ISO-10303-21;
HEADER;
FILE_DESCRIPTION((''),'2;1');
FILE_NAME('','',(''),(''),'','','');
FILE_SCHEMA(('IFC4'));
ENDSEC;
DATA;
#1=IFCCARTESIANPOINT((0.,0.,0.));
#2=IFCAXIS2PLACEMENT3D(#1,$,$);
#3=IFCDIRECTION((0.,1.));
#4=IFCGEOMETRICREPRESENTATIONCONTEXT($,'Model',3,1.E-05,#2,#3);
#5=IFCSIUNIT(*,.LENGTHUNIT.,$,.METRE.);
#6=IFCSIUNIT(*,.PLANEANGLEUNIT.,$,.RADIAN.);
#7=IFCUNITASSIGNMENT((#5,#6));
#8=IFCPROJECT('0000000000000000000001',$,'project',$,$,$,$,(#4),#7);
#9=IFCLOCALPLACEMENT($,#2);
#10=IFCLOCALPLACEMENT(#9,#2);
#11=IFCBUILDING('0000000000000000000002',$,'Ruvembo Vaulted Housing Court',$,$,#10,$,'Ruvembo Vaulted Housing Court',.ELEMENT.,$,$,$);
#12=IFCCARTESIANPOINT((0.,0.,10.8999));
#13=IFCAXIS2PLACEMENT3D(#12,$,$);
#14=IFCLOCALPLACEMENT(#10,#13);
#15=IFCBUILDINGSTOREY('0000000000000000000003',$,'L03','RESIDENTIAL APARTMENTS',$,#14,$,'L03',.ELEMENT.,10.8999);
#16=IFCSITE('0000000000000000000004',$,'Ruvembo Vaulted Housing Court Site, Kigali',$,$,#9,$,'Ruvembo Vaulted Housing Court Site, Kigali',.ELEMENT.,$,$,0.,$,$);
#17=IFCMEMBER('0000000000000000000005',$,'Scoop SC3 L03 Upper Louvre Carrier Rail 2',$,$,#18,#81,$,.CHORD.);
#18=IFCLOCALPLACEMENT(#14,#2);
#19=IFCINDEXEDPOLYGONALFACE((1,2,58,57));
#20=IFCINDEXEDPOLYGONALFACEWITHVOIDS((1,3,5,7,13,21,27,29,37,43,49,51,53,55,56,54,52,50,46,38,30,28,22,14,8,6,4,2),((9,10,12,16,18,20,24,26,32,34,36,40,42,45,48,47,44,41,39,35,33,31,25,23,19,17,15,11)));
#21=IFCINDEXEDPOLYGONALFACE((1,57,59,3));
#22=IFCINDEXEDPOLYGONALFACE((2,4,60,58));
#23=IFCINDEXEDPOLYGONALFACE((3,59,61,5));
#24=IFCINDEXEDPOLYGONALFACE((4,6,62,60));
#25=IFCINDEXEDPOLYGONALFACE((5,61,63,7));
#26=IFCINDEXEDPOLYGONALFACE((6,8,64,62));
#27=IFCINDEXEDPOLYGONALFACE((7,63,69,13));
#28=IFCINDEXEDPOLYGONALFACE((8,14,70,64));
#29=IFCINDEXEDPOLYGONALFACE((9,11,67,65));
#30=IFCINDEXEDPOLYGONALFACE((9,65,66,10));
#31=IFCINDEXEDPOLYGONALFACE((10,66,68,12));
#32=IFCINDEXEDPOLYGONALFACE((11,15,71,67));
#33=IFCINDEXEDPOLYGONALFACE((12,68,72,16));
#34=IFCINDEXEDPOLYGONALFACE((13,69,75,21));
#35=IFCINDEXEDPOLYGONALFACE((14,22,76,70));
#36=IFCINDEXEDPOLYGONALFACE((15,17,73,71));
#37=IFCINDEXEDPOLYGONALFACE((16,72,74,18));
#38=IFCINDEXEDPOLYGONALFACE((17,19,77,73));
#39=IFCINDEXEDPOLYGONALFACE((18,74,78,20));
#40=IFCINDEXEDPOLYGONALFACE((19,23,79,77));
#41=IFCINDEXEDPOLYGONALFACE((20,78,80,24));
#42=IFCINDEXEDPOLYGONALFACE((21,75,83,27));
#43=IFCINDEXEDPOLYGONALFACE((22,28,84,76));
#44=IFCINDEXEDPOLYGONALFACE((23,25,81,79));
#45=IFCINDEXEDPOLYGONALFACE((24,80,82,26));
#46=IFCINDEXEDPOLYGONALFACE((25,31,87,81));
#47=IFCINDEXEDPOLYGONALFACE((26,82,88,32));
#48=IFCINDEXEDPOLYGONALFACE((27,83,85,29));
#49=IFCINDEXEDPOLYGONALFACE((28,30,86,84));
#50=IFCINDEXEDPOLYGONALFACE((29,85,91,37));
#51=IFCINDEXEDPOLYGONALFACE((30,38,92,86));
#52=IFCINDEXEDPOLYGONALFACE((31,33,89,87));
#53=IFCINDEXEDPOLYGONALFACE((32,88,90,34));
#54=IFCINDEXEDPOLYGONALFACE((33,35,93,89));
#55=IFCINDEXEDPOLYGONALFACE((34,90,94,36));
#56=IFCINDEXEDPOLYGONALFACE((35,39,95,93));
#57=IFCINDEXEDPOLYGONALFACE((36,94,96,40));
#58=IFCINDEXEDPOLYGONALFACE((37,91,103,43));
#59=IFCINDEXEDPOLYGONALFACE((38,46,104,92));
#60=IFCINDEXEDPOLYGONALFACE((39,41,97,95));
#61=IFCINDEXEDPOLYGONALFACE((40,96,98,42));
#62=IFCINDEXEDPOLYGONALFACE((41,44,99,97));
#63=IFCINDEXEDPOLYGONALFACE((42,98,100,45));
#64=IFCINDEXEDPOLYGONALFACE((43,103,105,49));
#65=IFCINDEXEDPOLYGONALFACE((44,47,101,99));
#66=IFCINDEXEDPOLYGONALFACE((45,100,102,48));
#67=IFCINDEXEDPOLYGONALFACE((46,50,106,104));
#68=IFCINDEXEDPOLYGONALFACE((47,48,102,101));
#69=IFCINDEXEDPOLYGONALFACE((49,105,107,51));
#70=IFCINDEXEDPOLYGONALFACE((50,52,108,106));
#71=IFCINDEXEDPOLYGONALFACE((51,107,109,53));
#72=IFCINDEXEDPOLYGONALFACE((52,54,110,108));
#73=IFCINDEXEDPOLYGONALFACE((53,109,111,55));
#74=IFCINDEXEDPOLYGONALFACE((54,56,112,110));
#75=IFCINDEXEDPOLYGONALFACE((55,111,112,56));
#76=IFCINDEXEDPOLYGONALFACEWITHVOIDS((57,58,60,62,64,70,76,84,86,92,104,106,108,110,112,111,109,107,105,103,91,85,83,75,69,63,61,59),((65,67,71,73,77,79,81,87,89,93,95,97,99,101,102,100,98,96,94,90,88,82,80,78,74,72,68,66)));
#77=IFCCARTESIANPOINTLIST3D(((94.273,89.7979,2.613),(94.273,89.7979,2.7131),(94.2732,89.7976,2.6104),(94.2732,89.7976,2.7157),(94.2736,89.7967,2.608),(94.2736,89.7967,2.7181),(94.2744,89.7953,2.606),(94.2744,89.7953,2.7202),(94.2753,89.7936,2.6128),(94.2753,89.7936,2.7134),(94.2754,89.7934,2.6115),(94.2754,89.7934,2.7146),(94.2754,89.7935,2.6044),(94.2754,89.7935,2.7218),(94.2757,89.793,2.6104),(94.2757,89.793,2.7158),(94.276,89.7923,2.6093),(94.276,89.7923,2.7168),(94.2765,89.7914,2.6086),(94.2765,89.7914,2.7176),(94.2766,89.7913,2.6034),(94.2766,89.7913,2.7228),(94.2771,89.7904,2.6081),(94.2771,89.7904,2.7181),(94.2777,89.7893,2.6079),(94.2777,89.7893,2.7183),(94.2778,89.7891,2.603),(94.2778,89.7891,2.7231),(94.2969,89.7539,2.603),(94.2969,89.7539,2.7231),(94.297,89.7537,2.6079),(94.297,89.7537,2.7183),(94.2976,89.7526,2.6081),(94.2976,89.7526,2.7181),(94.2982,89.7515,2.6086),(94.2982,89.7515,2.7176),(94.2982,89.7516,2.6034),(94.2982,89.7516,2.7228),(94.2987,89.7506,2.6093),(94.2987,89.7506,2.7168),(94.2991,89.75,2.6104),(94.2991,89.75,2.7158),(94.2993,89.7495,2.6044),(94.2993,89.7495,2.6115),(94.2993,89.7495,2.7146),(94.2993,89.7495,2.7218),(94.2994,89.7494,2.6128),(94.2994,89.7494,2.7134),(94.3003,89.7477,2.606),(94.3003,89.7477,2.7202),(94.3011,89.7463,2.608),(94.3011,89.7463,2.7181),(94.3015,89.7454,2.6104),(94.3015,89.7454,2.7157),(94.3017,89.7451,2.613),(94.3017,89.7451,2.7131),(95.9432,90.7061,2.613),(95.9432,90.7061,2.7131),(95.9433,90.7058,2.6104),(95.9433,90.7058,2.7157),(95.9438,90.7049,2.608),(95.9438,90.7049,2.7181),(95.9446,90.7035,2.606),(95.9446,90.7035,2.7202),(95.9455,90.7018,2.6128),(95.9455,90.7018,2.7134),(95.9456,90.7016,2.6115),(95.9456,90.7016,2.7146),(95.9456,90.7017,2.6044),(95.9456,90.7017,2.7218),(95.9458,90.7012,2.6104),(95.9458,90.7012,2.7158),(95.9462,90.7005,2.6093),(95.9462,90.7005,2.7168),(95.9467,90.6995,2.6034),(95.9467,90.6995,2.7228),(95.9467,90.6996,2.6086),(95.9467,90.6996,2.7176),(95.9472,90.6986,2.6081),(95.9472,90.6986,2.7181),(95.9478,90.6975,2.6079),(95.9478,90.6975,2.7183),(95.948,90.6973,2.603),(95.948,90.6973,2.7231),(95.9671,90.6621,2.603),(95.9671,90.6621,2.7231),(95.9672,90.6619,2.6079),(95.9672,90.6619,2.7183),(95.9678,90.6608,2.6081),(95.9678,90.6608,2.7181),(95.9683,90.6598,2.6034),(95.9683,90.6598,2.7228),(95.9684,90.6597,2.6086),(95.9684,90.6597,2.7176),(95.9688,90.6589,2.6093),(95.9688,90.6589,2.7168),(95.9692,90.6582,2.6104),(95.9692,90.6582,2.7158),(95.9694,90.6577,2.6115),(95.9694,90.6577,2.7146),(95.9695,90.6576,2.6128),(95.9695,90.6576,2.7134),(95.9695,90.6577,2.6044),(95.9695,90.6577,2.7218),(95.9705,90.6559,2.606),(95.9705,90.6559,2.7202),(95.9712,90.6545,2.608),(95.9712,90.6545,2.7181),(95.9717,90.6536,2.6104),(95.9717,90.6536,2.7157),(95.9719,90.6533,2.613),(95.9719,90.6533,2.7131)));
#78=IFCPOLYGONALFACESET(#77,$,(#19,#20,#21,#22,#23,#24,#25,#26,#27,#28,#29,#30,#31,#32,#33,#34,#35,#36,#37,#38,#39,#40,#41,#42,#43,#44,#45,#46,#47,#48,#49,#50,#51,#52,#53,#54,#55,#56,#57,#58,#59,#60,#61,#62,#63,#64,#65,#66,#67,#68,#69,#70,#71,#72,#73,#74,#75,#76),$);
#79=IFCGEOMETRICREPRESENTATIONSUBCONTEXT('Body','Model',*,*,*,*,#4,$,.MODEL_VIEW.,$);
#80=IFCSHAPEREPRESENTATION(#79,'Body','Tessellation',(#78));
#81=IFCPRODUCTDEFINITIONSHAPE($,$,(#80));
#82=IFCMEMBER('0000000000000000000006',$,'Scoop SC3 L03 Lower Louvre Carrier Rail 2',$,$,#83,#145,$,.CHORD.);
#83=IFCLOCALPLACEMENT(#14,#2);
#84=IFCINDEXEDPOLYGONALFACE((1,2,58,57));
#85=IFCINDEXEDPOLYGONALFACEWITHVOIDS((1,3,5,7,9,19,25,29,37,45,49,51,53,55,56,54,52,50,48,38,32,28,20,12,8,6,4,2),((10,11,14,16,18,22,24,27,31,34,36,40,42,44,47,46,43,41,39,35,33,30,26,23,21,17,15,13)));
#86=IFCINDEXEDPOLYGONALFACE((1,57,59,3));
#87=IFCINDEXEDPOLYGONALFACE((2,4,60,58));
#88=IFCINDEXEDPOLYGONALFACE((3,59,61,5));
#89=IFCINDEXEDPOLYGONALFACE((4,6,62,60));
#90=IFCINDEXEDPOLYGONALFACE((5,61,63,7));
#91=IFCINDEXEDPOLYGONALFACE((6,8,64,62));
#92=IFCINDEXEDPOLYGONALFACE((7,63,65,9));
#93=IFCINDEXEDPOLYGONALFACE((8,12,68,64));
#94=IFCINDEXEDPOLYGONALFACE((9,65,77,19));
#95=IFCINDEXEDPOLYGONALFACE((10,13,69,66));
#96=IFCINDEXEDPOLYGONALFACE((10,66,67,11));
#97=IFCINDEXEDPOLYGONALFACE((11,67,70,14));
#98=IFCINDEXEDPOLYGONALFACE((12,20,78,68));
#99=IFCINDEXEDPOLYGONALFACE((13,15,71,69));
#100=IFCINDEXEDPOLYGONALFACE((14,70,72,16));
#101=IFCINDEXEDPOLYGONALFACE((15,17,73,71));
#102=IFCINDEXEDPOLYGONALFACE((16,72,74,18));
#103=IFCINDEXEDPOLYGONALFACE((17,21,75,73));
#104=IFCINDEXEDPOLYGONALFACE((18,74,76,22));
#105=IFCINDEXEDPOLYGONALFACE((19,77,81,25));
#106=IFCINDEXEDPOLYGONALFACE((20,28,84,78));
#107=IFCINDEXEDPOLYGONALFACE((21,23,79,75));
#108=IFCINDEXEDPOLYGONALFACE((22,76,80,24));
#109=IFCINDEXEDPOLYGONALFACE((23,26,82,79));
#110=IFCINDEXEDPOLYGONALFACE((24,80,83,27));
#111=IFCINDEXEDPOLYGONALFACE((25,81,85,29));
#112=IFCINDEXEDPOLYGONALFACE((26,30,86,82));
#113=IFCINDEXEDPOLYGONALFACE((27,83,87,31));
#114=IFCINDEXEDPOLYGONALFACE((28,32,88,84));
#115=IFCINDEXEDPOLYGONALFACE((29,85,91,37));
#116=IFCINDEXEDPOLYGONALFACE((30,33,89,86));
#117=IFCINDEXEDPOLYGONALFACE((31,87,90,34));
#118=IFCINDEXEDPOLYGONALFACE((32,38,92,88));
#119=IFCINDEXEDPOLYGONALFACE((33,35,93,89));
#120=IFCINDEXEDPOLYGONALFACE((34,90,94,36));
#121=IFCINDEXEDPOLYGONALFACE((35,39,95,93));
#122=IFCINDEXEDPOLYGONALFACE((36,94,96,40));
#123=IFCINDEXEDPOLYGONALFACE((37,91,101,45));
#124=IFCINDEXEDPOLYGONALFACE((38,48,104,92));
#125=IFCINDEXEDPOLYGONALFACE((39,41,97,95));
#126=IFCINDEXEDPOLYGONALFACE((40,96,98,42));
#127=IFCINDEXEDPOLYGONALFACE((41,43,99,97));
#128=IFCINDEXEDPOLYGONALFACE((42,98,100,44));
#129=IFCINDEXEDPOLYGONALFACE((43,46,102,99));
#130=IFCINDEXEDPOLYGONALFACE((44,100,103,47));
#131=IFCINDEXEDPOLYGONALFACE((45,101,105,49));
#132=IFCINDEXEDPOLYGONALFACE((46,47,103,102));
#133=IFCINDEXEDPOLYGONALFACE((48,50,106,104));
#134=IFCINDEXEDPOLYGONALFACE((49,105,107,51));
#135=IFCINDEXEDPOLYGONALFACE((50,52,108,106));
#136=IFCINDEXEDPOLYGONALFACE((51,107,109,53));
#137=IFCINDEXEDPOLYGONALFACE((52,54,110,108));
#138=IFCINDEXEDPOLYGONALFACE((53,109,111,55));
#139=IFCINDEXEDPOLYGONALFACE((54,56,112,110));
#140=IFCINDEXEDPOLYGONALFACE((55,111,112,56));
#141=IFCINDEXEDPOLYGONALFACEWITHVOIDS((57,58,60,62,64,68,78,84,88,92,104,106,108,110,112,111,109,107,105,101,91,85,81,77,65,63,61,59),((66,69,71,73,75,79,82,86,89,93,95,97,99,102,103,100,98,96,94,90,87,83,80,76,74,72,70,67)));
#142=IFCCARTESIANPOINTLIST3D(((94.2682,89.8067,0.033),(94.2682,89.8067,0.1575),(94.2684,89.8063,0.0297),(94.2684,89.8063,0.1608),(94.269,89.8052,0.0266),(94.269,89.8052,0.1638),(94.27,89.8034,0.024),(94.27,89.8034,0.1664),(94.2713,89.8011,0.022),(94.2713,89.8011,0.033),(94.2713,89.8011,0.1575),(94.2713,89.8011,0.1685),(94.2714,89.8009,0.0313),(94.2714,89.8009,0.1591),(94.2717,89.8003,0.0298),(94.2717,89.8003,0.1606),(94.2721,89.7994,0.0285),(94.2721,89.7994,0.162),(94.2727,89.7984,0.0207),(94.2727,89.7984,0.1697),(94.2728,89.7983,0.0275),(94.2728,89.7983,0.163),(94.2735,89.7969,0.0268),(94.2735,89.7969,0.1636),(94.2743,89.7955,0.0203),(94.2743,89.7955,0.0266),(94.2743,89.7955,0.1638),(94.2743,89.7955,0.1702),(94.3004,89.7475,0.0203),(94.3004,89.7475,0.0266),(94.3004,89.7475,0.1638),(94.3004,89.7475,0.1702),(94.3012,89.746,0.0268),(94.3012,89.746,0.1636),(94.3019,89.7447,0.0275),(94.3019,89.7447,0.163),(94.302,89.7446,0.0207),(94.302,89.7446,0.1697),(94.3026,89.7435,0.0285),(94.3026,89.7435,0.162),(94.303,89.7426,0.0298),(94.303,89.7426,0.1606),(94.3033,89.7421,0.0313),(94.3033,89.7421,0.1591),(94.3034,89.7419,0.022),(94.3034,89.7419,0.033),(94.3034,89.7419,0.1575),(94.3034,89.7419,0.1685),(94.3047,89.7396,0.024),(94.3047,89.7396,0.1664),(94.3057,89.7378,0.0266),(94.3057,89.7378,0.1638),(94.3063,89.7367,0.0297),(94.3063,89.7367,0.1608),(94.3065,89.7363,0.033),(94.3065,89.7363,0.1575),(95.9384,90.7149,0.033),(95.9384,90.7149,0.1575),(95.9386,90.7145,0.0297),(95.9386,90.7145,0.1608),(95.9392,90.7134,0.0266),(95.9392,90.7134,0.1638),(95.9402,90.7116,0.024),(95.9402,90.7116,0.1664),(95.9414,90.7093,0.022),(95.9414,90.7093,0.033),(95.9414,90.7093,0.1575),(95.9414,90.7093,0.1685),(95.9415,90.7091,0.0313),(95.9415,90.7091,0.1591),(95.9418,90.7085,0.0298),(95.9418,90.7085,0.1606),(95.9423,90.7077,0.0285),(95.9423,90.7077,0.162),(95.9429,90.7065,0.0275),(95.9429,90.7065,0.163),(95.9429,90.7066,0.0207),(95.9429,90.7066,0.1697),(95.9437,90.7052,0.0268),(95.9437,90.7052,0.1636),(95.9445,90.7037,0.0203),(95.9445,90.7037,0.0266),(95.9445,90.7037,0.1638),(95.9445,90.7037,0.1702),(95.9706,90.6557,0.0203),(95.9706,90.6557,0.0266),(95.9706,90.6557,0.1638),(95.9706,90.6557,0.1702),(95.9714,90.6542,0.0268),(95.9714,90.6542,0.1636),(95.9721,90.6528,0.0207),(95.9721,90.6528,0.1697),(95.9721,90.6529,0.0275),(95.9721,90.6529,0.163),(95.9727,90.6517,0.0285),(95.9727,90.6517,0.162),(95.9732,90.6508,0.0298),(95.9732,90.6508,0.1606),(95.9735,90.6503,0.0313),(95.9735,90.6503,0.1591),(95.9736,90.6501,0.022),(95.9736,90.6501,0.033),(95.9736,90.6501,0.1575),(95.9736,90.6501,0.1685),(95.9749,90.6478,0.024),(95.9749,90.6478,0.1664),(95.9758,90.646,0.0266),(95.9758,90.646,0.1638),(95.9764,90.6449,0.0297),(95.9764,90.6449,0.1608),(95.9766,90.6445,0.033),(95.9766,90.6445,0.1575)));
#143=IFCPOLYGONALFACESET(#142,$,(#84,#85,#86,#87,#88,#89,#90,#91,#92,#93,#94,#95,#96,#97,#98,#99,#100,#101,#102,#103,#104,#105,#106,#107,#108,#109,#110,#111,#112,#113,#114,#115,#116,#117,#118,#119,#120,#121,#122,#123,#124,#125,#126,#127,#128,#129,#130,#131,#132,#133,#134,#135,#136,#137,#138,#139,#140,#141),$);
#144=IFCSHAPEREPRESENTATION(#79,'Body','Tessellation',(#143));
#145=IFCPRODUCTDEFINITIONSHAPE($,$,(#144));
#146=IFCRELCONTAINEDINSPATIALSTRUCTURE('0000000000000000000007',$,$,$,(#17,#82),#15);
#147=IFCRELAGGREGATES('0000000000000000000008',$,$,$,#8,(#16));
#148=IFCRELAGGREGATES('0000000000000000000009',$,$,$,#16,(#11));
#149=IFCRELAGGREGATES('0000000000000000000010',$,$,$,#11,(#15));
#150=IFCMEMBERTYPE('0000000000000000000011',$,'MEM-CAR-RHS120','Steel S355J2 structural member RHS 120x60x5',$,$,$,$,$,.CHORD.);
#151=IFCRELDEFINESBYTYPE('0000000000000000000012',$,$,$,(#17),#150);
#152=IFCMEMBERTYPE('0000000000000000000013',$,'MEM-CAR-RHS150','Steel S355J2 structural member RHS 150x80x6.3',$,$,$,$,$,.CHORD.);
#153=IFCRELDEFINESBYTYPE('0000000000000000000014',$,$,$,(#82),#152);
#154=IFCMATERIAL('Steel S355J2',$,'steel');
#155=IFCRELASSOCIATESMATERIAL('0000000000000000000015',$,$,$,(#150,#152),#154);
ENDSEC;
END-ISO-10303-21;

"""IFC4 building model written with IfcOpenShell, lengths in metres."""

from ifc_helpers import new_model, si_unit, direction, frame, origin, origin_2d, place, context, subcontext, project, spatial, hollow_rectangle, extrude, material, material_profile, profile_set, type_object, element, save


model = new_model("IFC4")

# Units and contexts
model_context = context("Model", 3, precision=1e-05, world=origin(), true_north=direction((0.0, 1.0)))
body_context = subcontext(model_context, "Body", "Model", "MODEL_VIEW")
ifc_project = project(units=[si_unit("LENGTHUNIT", "METRE"), si_unit("PLANEANGLEUNIT", "RADIAN")], contexts=[model_context])

# Site, building, storey
site_placement = place(None, origin())
site = spatial("IfcSite", under=ifc_project, at=site_placement, Name="Ruvembo Vaulted Housing Court Site, Kigali", LongName="Ruvembo Vaulted Housing Court Site, Kigali", CompositionType="ELEMENT", RefElevation=0.0)
building_placement = place(site_placement, origin())
building = spatial("IfcBuilding", under=site, at=building_placement, Name="Ruvembo Vaulted Housing Court", LongName="Ruvembo Vaulted Housing Court", CompositionType="ELEMENT")
storey_placement = place(building_placement, frame((0.0, 0.0, 10.8999)))
storey = spatial("IfcBuildingStorey", under=building, at=storey_placement, Name="L03", Description="RESIDENTIAL APARTMENTS", LongName="L03", CompositionType="ELEMENT", Elevation=10.8999)

# Shared definitions
ifc_material_1 = material(Name="Steel S355J2", Category="steel")

# Members
ifc_material_profile_1 = material_profile(ifc_material_1, hollow_rectangle(XDim=0.0601, YDim=0.1201, WallThickness=0.0049, InnerFilletRadius=0.0049, OuterFilletRadius=0.01, at=origin_2d()), Name="RHS 120x60x5")
ifc_profile_set_1 = profile_set([ifc_material_profile_1], Name="Steel S355J2")
member_type_1 = type_object("IfcMemberType", Name="MEM-CAR-RHS120", Description="Steel S355J2 structural member RHS 120x60x5", PredefinedType="CHORD", material=ifc_profile_set_1)
member_1_placement = place(storey_placement, frame((94.2874, 89.7715, 2.6631), z_axis=(0.878513, 0.477718, 0.0), x_axis=(-0.477718, 0.878513, 0.0)))
element("IfcMember", 1, at=member_1_placement, inside=storey, type_object=member_type_1, Name="Scoop SC3 L03 Upper Louvre Carrier Rail 2", PredefinedType="CHORD", context=body_context, shape_type="SweptSolid", body=[
    extrude(hollow_rectangle(XDim=0.0601, YDim=0.1201, WallThickness=0.0049, InnerFilletRadius=0.0049, OuterFilletRadius=0.01, at=origin_2d()), origin(), (0.0, 0.0, 1.0), 1.9011),
])
ifc_material_profile_2 = material_profile(ifc_material_1, hollow_rectangle(XDim=0.0801, YDim=0.1499, WallThickness=0.0063, InnerFilletRadius=0.0063, OuterFilletRadius=0.0127, at=origin_2d()), Name="RHS 150x80x6.3")
ifc_profile_set_2 = profile_set([ifc_material_profile_2], Name="Steel S355J2")
member_type_2 = type_object("IfcMemberType", Name="MEM-CAR-RHS150", Description="Steel S355J2 structural member RHS 150x80x6.3", PredefinedType="CHORD", material=ifc_profile_set_2)
member_2_placement = place(storey_placement, frame((94.2874, 89.7715, 0.0952), z_axis=(0.878513, 0.477718, 0.0), x_axis=(-0.477718, 0.878513, 0.0)))
element("IfcMember", 2, at=member_2_placement, inside=storey, type_object=member_type_2, Name="Scoop SC3 L03 Lower Louvre Carrier Rail 2", PredefinedType="CHORD", context=body_context, shape_type="SweptSolid", body=[
    extrude(hollow_rectangle(XDim=0.0801, YDim=0.1499, WallThickness=0.0063, InnerFilletRadius=0.0063, OuterFilletRadius=0.0127, at=origin_2d()), origin(), (0.0, 0.0, 1.0), 1.9011),
])

save(model, "model.ifc")
